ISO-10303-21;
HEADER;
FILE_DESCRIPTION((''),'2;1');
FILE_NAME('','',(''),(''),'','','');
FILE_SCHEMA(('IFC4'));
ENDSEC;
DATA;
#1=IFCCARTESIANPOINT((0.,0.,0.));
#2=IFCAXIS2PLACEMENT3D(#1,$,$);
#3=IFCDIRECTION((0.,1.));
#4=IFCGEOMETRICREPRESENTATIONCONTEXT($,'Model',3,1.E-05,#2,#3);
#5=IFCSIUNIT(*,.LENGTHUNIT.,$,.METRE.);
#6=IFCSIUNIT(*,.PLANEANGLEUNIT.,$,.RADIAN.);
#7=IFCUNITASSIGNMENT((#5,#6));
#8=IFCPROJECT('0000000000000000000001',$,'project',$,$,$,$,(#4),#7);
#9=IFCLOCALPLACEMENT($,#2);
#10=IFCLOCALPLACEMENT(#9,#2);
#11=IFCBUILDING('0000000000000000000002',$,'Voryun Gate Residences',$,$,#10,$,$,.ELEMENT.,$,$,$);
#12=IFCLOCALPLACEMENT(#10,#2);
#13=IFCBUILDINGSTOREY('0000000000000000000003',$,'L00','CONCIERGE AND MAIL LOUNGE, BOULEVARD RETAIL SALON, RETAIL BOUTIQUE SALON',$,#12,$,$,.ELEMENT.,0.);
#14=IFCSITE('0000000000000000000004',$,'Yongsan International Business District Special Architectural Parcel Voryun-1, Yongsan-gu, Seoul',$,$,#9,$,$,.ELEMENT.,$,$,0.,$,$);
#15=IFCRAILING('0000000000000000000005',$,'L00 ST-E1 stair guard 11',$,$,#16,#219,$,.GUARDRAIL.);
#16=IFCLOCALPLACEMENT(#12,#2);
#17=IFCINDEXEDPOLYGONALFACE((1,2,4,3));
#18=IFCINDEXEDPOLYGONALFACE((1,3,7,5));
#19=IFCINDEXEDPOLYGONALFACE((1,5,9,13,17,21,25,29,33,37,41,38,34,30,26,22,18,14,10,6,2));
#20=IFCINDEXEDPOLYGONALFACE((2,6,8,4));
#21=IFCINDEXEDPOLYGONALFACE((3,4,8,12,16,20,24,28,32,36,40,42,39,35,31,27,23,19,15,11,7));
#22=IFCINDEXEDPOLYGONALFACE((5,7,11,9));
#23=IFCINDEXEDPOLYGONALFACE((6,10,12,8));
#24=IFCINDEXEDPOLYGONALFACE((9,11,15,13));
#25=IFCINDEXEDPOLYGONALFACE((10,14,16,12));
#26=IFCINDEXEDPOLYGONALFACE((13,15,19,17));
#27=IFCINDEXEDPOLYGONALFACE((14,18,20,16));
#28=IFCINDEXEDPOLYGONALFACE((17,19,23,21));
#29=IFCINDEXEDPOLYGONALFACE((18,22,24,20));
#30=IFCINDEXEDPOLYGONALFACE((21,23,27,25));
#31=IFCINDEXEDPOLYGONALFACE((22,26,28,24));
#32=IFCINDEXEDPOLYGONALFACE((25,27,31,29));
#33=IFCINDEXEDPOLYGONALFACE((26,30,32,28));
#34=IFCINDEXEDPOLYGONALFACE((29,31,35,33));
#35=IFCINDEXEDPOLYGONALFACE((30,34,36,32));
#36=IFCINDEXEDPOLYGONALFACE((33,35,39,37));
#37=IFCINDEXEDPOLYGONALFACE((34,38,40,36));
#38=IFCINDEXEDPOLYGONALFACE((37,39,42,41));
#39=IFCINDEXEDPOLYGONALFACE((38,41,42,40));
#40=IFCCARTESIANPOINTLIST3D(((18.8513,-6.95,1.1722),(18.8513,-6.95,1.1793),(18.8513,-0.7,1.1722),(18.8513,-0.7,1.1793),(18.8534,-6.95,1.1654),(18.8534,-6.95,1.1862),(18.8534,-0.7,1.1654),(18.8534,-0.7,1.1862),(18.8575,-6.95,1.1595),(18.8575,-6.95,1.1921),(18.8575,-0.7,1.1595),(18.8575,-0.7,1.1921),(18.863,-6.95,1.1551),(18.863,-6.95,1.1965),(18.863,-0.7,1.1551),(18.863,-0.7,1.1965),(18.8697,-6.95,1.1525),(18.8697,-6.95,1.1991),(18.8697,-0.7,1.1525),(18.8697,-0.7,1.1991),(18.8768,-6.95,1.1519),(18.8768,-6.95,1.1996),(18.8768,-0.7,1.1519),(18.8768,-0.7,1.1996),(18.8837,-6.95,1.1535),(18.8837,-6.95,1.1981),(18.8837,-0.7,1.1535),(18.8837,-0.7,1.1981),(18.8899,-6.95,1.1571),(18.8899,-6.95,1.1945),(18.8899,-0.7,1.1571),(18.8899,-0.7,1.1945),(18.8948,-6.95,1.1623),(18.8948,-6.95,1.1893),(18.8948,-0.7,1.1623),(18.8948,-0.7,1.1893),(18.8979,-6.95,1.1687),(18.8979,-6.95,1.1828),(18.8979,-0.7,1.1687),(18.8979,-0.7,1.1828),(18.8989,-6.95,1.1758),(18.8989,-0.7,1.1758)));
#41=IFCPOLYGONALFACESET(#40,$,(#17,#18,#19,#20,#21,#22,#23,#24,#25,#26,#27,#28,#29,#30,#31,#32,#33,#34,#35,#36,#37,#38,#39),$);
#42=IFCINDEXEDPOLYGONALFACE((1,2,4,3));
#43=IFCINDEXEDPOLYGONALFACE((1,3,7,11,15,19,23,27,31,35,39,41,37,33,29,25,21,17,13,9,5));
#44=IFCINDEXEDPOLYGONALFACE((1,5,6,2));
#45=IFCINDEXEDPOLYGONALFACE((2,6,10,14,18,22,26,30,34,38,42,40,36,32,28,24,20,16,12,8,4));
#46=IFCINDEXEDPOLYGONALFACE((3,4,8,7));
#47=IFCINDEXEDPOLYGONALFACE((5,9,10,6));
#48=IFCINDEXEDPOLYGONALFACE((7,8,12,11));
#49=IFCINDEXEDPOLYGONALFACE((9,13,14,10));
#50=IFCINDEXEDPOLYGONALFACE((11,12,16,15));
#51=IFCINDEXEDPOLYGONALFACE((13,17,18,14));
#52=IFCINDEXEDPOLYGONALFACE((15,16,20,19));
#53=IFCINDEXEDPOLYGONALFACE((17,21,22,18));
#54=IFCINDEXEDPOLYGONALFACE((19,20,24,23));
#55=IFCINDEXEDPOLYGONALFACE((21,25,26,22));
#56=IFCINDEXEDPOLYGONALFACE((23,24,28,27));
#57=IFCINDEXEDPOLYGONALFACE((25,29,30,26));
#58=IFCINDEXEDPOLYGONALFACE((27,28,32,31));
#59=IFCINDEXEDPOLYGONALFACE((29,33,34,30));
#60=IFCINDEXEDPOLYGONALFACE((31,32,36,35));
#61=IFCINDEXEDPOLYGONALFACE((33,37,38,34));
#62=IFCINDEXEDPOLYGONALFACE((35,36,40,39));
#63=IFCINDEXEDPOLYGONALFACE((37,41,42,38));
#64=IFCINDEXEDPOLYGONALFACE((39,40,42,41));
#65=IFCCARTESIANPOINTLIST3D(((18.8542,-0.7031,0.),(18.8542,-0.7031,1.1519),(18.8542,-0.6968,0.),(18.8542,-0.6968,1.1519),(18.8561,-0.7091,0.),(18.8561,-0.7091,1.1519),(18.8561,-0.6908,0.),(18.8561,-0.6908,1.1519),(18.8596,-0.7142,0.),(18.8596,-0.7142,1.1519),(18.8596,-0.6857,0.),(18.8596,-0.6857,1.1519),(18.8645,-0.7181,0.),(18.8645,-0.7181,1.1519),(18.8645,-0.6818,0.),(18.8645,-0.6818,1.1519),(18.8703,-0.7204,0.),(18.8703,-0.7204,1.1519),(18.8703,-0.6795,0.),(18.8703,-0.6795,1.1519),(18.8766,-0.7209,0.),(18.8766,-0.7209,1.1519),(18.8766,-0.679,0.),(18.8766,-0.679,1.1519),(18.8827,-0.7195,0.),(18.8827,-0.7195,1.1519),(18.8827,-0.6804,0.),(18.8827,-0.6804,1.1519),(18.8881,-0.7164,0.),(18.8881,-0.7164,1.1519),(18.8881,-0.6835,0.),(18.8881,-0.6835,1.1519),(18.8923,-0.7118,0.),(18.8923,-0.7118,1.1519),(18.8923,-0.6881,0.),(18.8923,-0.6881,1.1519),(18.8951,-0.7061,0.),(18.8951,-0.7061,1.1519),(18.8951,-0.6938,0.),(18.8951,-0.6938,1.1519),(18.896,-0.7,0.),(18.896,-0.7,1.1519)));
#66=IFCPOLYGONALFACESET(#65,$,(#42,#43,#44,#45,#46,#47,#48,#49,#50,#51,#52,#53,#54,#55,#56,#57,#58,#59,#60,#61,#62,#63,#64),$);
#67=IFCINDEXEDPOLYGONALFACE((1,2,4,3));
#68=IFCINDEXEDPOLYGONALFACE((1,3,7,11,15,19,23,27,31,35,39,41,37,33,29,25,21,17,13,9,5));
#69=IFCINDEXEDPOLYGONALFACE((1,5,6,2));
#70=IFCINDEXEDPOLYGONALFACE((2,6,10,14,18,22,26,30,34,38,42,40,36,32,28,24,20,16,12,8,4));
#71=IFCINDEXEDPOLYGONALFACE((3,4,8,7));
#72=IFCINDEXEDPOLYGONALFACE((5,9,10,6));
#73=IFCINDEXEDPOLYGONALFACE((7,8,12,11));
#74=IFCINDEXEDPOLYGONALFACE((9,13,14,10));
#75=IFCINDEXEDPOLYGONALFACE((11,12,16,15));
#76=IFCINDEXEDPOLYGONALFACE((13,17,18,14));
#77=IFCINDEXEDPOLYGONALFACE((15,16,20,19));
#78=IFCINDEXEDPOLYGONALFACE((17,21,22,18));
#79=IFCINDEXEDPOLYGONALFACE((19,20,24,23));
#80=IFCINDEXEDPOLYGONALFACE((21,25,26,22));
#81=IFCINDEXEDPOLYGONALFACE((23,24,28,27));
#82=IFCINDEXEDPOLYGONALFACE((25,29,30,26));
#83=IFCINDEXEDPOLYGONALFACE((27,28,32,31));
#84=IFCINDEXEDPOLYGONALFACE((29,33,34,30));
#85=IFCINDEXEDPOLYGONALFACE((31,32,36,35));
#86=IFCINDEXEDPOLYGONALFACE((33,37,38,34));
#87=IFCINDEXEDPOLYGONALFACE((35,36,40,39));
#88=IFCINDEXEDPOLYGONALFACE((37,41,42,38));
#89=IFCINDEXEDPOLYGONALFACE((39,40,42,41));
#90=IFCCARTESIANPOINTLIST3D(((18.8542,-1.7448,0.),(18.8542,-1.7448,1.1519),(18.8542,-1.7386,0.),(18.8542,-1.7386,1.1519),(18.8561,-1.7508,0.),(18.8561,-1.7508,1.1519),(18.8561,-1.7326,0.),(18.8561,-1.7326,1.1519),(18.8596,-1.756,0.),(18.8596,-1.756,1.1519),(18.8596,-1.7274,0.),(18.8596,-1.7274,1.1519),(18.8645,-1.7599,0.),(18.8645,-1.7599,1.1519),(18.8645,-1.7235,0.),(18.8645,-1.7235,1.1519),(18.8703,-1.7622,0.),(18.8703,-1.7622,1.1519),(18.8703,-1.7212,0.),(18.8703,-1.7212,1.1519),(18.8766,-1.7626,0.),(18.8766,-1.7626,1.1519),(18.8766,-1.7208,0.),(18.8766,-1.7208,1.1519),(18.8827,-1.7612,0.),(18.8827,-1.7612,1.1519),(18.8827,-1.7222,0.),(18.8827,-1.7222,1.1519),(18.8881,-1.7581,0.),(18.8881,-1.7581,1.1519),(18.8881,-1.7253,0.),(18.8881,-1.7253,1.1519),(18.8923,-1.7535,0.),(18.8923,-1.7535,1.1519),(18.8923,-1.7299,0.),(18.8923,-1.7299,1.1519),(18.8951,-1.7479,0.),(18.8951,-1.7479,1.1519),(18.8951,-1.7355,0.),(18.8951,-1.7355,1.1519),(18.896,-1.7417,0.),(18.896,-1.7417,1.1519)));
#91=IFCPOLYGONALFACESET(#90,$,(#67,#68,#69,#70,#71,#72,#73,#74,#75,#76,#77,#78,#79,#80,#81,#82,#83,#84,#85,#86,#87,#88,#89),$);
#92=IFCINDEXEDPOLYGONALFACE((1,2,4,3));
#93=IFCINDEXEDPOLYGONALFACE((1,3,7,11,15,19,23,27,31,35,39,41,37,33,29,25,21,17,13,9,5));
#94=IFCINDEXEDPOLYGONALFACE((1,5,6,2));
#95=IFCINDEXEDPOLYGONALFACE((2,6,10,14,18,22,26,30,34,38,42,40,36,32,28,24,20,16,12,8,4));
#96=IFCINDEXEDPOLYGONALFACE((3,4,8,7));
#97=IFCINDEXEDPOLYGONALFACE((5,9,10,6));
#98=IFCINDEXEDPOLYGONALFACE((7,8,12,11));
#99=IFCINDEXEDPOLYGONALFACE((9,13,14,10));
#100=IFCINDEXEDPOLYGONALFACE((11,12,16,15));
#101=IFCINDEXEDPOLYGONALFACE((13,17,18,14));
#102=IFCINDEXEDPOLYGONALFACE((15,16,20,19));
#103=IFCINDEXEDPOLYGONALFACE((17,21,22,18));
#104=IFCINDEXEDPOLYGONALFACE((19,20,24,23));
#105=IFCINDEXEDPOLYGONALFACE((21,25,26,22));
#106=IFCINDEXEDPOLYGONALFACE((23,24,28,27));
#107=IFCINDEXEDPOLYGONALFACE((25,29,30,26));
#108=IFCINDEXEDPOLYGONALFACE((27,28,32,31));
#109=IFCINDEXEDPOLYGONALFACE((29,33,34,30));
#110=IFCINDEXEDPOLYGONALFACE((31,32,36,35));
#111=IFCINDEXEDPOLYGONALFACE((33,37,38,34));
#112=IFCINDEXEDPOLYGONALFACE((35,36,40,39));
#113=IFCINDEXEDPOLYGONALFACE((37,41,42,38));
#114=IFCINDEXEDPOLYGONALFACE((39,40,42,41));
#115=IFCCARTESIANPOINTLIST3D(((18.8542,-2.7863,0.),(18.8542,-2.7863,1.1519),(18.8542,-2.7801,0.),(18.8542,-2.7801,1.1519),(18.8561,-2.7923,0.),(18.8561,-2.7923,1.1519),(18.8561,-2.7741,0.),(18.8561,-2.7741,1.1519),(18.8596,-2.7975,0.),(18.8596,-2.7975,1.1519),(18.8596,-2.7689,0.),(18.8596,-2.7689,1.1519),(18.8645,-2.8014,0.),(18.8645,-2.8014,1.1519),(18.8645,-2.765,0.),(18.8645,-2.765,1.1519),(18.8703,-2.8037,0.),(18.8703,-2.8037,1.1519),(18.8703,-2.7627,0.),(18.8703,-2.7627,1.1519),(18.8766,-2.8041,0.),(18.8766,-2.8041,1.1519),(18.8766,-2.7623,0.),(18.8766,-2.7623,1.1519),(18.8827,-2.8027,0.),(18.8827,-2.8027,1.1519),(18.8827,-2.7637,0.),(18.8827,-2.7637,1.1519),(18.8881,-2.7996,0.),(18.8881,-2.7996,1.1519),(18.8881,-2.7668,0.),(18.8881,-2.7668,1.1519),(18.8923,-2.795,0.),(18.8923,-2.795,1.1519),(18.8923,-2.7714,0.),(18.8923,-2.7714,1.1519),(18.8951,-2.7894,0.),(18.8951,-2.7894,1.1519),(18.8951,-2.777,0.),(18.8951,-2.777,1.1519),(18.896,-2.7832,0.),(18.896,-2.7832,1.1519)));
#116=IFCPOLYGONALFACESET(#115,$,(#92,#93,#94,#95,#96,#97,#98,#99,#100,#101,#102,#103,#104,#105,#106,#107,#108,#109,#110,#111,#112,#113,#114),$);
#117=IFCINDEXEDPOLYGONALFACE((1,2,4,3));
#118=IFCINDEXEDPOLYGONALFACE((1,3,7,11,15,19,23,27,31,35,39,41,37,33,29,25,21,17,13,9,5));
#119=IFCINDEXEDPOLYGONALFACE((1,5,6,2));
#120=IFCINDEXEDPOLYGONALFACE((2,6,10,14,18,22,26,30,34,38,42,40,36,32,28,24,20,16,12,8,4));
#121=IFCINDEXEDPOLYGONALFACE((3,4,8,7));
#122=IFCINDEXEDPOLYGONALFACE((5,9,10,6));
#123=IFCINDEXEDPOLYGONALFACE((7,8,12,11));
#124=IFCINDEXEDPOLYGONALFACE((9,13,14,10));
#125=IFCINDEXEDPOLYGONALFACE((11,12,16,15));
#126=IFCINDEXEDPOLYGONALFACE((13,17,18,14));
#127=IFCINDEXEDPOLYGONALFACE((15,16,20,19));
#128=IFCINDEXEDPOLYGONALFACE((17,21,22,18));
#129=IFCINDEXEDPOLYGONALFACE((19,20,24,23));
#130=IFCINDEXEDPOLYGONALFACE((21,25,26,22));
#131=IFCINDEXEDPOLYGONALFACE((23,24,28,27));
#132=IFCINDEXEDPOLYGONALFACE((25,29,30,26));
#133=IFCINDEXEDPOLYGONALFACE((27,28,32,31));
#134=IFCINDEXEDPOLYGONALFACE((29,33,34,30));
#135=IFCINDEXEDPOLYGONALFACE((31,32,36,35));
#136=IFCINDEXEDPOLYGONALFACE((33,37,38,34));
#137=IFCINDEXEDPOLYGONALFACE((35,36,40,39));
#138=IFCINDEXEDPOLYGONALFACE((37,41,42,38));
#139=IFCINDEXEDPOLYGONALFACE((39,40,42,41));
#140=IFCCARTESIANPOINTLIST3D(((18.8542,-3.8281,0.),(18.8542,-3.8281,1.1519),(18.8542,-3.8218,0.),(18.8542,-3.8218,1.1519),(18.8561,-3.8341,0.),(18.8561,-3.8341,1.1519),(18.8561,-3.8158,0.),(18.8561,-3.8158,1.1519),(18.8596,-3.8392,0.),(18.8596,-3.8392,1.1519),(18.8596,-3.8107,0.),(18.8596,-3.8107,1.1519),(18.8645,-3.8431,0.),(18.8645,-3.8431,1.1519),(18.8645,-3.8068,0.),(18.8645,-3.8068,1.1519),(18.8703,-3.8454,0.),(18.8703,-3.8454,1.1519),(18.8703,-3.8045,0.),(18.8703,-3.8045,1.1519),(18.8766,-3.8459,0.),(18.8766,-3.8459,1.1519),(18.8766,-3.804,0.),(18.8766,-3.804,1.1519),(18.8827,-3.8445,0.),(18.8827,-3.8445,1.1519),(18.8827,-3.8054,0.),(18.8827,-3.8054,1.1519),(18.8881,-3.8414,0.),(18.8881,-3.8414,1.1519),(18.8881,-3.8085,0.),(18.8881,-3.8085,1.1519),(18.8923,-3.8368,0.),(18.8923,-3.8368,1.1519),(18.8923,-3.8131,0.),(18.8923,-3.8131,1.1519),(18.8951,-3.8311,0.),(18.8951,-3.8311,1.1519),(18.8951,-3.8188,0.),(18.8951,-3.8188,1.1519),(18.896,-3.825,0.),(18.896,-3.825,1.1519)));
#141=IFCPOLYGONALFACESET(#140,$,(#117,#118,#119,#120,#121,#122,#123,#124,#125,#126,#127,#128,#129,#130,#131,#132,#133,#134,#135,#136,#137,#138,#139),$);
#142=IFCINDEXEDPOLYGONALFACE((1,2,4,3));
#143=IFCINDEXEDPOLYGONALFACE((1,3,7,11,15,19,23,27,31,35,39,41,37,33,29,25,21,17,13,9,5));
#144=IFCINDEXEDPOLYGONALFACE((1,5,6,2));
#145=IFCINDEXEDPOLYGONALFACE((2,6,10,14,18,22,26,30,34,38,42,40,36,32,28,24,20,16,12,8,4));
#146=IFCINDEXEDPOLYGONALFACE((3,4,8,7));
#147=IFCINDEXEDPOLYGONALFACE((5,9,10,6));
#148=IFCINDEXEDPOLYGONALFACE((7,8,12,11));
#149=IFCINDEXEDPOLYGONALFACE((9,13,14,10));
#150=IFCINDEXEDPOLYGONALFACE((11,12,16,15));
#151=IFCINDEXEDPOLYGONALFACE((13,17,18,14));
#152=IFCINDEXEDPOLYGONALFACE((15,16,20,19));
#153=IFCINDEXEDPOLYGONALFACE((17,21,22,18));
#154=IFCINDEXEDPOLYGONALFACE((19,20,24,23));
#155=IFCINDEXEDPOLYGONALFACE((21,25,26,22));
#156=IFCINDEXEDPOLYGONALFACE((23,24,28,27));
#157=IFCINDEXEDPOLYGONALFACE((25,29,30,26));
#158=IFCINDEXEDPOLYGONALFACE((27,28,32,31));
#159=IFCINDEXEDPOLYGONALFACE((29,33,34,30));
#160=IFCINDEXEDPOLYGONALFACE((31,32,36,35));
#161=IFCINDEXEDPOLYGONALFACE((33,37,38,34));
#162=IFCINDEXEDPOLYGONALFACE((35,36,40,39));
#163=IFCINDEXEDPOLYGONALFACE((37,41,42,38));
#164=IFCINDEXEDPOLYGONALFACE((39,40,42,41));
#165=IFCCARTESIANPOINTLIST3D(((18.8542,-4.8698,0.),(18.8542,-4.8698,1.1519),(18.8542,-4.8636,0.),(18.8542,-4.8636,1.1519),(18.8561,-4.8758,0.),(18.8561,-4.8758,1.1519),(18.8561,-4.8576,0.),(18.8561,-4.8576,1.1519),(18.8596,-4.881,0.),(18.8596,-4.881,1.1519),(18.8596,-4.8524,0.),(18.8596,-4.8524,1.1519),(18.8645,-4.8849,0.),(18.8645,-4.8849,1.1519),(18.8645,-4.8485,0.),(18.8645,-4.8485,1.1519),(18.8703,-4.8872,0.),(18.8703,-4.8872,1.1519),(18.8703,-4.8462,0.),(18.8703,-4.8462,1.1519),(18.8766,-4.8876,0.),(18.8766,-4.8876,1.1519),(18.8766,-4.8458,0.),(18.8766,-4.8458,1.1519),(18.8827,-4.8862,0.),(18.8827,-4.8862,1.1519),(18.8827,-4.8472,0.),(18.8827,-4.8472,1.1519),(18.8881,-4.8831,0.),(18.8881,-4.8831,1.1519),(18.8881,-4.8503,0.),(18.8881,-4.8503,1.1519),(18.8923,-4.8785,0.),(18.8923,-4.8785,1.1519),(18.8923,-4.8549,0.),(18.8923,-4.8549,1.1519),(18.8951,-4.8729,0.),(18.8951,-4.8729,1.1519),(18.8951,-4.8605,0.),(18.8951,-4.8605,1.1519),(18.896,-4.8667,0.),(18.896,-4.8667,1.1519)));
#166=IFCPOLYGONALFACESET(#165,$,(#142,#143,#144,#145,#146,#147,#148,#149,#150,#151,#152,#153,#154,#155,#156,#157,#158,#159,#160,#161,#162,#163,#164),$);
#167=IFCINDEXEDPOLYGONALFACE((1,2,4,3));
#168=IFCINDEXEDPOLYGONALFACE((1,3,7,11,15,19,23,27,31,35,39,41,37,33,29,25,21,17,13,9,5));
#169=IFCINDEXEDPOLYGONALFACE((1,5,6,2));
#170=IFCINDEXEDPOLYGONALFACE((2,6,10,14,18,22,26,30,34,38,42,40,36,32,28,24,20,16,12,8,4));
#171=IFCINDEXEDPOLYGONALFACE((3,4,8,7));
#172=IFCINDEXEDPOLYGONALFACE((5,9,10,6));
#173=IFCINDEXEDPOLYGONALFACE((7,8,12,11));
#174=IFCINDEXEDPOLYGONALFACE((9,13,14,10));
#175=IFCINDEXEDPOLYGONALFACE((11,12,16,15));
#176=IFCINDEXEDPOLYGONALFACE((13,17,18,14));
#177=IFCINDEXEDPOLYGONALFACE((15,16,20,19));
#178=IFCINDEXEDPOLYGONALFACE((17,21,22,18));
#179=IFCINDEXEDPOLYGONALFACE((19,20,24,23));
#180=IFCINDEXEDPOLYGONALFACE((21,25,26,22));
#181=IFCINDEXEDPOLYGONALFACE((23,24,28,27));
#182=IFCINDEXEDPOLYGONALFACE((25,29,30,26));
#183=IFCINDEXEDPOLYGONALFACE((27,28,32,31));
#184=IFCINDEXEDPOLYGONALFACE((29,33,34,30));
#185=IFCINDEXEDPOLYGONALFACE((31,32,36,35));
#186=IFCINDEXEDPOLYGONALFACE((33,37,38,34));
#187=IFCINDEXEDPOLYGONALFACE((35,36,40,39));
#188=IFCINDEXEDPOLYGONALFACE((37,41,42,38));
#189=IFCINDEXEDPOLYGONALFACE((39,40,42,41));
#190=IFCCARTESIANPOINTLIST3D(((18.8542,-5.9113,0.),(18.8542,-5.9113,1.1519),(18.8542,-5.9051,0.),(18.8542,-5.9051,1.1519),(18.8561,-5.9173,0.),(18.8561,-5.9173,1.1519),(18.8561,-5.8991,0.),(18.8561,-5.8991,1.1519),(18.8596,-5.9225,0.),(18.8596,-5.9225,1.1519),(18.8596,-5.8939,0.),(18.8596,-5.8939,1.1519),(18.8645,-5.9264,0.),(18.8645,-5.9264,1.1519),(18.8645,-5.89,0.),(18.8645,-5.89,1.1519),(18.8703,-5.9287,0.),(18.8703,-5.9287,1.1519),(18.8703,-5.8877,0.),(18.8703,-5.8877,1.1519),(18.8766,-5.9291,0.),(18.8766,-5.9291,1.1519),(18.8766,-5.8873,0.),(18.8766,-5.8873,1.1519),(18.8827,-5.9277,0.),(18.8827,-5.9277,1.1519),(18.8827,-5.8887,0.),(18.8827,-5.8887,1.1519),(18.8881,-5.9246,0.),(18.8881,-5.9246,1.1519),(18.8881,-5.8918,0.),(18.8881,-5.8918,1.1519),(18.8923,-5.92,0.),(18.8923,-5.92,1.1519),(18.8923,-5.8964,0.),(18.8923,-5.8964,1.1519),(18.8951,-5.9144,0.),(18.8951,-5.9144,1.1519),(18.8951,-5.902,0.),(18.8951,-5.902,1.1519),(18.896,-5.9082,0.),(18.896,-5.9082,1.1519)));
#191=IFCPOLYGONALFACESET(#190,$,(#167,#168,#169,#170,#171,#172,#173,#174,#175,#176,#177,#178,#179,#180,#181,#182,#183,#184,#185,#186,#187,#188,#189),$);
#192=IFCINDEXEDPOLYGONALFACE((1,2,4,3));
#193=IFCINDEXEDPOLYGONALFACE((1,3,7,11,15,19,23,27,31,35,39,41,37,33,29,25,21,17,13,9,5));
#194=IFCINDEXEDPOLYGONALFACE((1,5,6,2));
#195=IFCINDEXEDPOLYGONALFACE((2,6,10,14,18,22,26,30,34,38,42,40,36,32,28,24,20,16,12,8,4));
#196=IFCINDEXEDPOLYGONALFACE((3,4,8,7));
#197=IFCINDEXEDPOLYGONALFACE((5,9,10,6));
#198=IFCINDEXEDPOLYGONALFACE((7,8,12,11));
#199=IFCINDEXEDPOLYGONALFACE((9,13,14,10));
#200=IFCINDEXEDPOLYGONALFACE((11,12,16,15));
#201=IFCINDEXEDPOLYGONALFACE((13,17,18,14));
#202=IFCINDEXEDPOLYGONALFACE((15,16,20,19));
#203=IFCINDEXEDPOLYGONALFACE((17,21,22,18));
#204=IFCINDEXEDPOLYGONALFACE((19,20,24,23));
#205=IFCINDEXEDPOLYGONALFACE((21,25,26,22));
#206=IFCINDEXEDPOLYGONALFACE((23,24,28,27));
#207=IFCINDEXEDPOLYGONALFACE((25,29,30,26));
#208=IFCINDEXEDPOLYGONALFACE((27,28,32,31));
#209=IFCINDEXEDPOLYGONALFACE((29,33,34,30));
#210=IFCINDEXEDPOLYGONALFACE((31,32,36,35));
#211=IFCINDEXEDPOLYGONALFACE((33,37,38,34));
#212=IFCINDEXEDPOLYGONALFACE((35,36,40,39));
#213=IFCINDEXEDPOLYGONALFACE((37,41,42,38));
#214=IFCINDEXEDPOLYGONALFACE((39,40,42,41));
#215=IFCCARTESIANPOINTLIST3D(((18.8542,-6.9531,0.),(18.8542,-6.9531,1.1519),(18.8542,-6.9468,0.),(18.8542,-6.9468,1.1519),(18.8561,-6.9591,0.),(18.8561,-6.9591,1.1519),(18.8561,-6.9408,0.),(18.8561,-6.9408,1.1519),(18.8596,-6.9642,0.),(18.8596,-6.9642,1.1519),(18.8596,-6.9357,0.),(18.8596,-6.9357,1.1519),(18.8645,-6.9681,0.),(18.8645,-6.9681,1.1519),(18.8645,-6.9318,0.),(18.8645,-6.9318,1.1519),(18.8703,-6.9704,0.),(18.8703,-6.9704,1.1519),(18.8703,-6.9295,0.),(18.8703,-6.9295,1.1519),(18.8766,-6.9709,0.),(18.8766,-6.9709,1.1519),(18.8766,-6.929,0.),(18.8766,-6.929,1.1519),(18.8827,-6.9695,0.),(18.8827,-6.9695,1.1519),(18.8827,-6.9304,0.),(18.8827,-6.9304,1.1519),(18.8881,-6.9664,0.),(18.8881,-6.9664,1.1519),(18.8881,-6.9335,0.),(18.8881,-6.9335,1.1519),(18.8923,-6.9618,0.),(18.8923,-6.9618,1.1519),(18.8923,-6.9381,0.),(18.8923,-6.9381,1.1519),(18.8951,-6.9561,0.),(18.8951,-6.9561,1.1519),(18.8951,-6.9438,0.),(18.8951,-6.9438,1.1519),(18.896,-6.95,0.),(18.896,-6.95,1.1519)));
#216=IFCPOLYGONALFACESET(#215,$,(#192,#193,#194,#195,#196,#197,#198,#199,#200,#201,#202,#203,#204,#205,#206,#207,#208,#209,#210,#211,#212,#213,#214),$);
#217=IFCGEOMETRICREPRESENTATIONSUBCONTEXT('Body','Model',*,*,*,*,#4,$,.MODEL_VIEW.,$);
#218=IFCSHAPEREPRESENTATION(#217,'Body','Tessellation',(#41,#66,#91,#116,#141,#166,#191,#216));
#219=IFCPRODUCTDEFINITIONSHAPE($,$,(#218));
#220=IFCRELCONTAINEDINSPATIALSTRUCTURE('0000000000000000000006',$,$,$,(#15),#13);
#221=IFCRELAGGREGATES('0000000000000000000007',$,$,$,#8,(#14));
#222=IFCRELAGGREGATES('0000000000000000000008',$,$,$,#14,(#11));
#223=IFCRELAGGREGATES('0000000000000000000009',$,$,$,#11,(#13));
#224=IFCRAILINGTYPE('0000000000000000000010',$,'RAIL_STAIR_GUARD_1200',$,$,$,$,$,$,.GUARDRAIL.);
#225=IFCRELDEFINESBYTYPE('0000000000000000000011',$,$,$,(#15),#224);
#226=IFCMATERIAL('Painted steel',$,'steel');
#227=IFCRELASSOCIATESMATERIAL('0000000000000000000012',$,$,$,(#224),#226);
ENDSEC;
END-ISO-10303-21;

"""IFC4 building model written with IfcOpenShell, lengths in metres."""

from ifc_helpers import new_model, si_unit, direction, frame, origin, origin_2d, place, context, subcontext, project, spatial, circle, extrude, material, type_object, element, save


model = new_model("IFC4")

# Units and contexts
model_context = context("Model", 3, precision=1e-05, world=origin(), true_north=direction((0.0, 1.0)))
body_context = subcontext(model_context, "Body", "Model", "MODEL_VIEW")
ifc_project = project(units=[si_unit("LENGTHUNIT", "METRE"), si_unit("PLANEANGLEUNIT", "RADIAN")], contexts=[model_context])

# Site, building, storey
site_placement = place(None, origin())
site = spatial("IfcSite", under=ifc_project, at=site_placement, Name="Yongsan International Business District Special Architectural Parcel Voryun-1, Yongsan-gu, Seoul", CompositionType="ELEMENT", RefElevation=0.0)
building_placement = place(site_placement, origin())
building = spatial("IfcBuilding", under=site, at=building_placement, Name="Voryun Gate Residences", CompositionType="ELEMENT")
storey_placement = place(building_placement, origin())
storey = spatial("IfcBuildingStorey", under=building, at=storey_placement, Name="L00", Description="CONCIERGE AND MAIL LOUNGE, BOULEVARD RETAIL SALON, RETAIL BOUTIQUE SALON", CompositionType="ELEMENT", Elevation=0.0)

# Railing
ifc_material_1 = material(Name="Painted steel", Category="steel")
railing_type_1 = type_object("IfcRailingType", Name="RAIL_STAIR_GUARD_1200", PredefinedType="GUARDRAIL", material=ifc_material_1)
for number, where, name in (
    (1, (18.875, -0.7, 0.0), "L00 ST-E1 stair guard 11"),
):
    element("IfcRailing", number, at=place(storey_placement, frame(where)), inside=storey, type_object=railing_type_1, Name=name, PredefinedType="GUARDRAIL", context=body_context, shape_type="SweptSolid", body=[
        extrude(circle(Radius=0.0239, at=origin_2d()), frame((0.0, 0.0, 1.1758), z_axis=(0.0, -1.0, 0.0), x_axis=(1.0, 0.0, 0.0)), (0.0, 0.0, 1.0), 6.25),
        extrude(circle(Radius=0.021, at=origin_2d()), origin(), (0.0, 0.0, 1.0), 1.1519),
        extrude(circle(Radius=0.021, at=origin_2d()), frame((0.0, -1.0417, 0.0)), (0.0, 0.0, 1.0), 1.1519),
        extrude(circle(Radius=0.021, at=origin_2d()), frame((0.0, -2.0833, 0.0)), (0.0, 0.0, 1.0), 1.1519),
        extrude(circle(Radius=0.021, at=origin_2d()), frame((0.0, -3.125, 0.0)), (0.0, 0.0, 1.0), 1.1519),
        extrude(circle(Radius=0.021, at=origin_2d()), frame((0.0, -4.1667, 0.0)), (0.0, 0.0, 1.0), 1.1519),
        extrude(circle(Radius=0.021, at=origin_2d()), frame((0.0, -5.2083, 0.0)), (0.0, 0.0, 1.0), 1.1519),
        extrude(circle(Radius=0.021, at=origin_2d()), frame((0.0, -6.25, 0.0)), (0.0, 0.0, 1.0), 1.1519),
    ])

save(model, "model.ifc")
